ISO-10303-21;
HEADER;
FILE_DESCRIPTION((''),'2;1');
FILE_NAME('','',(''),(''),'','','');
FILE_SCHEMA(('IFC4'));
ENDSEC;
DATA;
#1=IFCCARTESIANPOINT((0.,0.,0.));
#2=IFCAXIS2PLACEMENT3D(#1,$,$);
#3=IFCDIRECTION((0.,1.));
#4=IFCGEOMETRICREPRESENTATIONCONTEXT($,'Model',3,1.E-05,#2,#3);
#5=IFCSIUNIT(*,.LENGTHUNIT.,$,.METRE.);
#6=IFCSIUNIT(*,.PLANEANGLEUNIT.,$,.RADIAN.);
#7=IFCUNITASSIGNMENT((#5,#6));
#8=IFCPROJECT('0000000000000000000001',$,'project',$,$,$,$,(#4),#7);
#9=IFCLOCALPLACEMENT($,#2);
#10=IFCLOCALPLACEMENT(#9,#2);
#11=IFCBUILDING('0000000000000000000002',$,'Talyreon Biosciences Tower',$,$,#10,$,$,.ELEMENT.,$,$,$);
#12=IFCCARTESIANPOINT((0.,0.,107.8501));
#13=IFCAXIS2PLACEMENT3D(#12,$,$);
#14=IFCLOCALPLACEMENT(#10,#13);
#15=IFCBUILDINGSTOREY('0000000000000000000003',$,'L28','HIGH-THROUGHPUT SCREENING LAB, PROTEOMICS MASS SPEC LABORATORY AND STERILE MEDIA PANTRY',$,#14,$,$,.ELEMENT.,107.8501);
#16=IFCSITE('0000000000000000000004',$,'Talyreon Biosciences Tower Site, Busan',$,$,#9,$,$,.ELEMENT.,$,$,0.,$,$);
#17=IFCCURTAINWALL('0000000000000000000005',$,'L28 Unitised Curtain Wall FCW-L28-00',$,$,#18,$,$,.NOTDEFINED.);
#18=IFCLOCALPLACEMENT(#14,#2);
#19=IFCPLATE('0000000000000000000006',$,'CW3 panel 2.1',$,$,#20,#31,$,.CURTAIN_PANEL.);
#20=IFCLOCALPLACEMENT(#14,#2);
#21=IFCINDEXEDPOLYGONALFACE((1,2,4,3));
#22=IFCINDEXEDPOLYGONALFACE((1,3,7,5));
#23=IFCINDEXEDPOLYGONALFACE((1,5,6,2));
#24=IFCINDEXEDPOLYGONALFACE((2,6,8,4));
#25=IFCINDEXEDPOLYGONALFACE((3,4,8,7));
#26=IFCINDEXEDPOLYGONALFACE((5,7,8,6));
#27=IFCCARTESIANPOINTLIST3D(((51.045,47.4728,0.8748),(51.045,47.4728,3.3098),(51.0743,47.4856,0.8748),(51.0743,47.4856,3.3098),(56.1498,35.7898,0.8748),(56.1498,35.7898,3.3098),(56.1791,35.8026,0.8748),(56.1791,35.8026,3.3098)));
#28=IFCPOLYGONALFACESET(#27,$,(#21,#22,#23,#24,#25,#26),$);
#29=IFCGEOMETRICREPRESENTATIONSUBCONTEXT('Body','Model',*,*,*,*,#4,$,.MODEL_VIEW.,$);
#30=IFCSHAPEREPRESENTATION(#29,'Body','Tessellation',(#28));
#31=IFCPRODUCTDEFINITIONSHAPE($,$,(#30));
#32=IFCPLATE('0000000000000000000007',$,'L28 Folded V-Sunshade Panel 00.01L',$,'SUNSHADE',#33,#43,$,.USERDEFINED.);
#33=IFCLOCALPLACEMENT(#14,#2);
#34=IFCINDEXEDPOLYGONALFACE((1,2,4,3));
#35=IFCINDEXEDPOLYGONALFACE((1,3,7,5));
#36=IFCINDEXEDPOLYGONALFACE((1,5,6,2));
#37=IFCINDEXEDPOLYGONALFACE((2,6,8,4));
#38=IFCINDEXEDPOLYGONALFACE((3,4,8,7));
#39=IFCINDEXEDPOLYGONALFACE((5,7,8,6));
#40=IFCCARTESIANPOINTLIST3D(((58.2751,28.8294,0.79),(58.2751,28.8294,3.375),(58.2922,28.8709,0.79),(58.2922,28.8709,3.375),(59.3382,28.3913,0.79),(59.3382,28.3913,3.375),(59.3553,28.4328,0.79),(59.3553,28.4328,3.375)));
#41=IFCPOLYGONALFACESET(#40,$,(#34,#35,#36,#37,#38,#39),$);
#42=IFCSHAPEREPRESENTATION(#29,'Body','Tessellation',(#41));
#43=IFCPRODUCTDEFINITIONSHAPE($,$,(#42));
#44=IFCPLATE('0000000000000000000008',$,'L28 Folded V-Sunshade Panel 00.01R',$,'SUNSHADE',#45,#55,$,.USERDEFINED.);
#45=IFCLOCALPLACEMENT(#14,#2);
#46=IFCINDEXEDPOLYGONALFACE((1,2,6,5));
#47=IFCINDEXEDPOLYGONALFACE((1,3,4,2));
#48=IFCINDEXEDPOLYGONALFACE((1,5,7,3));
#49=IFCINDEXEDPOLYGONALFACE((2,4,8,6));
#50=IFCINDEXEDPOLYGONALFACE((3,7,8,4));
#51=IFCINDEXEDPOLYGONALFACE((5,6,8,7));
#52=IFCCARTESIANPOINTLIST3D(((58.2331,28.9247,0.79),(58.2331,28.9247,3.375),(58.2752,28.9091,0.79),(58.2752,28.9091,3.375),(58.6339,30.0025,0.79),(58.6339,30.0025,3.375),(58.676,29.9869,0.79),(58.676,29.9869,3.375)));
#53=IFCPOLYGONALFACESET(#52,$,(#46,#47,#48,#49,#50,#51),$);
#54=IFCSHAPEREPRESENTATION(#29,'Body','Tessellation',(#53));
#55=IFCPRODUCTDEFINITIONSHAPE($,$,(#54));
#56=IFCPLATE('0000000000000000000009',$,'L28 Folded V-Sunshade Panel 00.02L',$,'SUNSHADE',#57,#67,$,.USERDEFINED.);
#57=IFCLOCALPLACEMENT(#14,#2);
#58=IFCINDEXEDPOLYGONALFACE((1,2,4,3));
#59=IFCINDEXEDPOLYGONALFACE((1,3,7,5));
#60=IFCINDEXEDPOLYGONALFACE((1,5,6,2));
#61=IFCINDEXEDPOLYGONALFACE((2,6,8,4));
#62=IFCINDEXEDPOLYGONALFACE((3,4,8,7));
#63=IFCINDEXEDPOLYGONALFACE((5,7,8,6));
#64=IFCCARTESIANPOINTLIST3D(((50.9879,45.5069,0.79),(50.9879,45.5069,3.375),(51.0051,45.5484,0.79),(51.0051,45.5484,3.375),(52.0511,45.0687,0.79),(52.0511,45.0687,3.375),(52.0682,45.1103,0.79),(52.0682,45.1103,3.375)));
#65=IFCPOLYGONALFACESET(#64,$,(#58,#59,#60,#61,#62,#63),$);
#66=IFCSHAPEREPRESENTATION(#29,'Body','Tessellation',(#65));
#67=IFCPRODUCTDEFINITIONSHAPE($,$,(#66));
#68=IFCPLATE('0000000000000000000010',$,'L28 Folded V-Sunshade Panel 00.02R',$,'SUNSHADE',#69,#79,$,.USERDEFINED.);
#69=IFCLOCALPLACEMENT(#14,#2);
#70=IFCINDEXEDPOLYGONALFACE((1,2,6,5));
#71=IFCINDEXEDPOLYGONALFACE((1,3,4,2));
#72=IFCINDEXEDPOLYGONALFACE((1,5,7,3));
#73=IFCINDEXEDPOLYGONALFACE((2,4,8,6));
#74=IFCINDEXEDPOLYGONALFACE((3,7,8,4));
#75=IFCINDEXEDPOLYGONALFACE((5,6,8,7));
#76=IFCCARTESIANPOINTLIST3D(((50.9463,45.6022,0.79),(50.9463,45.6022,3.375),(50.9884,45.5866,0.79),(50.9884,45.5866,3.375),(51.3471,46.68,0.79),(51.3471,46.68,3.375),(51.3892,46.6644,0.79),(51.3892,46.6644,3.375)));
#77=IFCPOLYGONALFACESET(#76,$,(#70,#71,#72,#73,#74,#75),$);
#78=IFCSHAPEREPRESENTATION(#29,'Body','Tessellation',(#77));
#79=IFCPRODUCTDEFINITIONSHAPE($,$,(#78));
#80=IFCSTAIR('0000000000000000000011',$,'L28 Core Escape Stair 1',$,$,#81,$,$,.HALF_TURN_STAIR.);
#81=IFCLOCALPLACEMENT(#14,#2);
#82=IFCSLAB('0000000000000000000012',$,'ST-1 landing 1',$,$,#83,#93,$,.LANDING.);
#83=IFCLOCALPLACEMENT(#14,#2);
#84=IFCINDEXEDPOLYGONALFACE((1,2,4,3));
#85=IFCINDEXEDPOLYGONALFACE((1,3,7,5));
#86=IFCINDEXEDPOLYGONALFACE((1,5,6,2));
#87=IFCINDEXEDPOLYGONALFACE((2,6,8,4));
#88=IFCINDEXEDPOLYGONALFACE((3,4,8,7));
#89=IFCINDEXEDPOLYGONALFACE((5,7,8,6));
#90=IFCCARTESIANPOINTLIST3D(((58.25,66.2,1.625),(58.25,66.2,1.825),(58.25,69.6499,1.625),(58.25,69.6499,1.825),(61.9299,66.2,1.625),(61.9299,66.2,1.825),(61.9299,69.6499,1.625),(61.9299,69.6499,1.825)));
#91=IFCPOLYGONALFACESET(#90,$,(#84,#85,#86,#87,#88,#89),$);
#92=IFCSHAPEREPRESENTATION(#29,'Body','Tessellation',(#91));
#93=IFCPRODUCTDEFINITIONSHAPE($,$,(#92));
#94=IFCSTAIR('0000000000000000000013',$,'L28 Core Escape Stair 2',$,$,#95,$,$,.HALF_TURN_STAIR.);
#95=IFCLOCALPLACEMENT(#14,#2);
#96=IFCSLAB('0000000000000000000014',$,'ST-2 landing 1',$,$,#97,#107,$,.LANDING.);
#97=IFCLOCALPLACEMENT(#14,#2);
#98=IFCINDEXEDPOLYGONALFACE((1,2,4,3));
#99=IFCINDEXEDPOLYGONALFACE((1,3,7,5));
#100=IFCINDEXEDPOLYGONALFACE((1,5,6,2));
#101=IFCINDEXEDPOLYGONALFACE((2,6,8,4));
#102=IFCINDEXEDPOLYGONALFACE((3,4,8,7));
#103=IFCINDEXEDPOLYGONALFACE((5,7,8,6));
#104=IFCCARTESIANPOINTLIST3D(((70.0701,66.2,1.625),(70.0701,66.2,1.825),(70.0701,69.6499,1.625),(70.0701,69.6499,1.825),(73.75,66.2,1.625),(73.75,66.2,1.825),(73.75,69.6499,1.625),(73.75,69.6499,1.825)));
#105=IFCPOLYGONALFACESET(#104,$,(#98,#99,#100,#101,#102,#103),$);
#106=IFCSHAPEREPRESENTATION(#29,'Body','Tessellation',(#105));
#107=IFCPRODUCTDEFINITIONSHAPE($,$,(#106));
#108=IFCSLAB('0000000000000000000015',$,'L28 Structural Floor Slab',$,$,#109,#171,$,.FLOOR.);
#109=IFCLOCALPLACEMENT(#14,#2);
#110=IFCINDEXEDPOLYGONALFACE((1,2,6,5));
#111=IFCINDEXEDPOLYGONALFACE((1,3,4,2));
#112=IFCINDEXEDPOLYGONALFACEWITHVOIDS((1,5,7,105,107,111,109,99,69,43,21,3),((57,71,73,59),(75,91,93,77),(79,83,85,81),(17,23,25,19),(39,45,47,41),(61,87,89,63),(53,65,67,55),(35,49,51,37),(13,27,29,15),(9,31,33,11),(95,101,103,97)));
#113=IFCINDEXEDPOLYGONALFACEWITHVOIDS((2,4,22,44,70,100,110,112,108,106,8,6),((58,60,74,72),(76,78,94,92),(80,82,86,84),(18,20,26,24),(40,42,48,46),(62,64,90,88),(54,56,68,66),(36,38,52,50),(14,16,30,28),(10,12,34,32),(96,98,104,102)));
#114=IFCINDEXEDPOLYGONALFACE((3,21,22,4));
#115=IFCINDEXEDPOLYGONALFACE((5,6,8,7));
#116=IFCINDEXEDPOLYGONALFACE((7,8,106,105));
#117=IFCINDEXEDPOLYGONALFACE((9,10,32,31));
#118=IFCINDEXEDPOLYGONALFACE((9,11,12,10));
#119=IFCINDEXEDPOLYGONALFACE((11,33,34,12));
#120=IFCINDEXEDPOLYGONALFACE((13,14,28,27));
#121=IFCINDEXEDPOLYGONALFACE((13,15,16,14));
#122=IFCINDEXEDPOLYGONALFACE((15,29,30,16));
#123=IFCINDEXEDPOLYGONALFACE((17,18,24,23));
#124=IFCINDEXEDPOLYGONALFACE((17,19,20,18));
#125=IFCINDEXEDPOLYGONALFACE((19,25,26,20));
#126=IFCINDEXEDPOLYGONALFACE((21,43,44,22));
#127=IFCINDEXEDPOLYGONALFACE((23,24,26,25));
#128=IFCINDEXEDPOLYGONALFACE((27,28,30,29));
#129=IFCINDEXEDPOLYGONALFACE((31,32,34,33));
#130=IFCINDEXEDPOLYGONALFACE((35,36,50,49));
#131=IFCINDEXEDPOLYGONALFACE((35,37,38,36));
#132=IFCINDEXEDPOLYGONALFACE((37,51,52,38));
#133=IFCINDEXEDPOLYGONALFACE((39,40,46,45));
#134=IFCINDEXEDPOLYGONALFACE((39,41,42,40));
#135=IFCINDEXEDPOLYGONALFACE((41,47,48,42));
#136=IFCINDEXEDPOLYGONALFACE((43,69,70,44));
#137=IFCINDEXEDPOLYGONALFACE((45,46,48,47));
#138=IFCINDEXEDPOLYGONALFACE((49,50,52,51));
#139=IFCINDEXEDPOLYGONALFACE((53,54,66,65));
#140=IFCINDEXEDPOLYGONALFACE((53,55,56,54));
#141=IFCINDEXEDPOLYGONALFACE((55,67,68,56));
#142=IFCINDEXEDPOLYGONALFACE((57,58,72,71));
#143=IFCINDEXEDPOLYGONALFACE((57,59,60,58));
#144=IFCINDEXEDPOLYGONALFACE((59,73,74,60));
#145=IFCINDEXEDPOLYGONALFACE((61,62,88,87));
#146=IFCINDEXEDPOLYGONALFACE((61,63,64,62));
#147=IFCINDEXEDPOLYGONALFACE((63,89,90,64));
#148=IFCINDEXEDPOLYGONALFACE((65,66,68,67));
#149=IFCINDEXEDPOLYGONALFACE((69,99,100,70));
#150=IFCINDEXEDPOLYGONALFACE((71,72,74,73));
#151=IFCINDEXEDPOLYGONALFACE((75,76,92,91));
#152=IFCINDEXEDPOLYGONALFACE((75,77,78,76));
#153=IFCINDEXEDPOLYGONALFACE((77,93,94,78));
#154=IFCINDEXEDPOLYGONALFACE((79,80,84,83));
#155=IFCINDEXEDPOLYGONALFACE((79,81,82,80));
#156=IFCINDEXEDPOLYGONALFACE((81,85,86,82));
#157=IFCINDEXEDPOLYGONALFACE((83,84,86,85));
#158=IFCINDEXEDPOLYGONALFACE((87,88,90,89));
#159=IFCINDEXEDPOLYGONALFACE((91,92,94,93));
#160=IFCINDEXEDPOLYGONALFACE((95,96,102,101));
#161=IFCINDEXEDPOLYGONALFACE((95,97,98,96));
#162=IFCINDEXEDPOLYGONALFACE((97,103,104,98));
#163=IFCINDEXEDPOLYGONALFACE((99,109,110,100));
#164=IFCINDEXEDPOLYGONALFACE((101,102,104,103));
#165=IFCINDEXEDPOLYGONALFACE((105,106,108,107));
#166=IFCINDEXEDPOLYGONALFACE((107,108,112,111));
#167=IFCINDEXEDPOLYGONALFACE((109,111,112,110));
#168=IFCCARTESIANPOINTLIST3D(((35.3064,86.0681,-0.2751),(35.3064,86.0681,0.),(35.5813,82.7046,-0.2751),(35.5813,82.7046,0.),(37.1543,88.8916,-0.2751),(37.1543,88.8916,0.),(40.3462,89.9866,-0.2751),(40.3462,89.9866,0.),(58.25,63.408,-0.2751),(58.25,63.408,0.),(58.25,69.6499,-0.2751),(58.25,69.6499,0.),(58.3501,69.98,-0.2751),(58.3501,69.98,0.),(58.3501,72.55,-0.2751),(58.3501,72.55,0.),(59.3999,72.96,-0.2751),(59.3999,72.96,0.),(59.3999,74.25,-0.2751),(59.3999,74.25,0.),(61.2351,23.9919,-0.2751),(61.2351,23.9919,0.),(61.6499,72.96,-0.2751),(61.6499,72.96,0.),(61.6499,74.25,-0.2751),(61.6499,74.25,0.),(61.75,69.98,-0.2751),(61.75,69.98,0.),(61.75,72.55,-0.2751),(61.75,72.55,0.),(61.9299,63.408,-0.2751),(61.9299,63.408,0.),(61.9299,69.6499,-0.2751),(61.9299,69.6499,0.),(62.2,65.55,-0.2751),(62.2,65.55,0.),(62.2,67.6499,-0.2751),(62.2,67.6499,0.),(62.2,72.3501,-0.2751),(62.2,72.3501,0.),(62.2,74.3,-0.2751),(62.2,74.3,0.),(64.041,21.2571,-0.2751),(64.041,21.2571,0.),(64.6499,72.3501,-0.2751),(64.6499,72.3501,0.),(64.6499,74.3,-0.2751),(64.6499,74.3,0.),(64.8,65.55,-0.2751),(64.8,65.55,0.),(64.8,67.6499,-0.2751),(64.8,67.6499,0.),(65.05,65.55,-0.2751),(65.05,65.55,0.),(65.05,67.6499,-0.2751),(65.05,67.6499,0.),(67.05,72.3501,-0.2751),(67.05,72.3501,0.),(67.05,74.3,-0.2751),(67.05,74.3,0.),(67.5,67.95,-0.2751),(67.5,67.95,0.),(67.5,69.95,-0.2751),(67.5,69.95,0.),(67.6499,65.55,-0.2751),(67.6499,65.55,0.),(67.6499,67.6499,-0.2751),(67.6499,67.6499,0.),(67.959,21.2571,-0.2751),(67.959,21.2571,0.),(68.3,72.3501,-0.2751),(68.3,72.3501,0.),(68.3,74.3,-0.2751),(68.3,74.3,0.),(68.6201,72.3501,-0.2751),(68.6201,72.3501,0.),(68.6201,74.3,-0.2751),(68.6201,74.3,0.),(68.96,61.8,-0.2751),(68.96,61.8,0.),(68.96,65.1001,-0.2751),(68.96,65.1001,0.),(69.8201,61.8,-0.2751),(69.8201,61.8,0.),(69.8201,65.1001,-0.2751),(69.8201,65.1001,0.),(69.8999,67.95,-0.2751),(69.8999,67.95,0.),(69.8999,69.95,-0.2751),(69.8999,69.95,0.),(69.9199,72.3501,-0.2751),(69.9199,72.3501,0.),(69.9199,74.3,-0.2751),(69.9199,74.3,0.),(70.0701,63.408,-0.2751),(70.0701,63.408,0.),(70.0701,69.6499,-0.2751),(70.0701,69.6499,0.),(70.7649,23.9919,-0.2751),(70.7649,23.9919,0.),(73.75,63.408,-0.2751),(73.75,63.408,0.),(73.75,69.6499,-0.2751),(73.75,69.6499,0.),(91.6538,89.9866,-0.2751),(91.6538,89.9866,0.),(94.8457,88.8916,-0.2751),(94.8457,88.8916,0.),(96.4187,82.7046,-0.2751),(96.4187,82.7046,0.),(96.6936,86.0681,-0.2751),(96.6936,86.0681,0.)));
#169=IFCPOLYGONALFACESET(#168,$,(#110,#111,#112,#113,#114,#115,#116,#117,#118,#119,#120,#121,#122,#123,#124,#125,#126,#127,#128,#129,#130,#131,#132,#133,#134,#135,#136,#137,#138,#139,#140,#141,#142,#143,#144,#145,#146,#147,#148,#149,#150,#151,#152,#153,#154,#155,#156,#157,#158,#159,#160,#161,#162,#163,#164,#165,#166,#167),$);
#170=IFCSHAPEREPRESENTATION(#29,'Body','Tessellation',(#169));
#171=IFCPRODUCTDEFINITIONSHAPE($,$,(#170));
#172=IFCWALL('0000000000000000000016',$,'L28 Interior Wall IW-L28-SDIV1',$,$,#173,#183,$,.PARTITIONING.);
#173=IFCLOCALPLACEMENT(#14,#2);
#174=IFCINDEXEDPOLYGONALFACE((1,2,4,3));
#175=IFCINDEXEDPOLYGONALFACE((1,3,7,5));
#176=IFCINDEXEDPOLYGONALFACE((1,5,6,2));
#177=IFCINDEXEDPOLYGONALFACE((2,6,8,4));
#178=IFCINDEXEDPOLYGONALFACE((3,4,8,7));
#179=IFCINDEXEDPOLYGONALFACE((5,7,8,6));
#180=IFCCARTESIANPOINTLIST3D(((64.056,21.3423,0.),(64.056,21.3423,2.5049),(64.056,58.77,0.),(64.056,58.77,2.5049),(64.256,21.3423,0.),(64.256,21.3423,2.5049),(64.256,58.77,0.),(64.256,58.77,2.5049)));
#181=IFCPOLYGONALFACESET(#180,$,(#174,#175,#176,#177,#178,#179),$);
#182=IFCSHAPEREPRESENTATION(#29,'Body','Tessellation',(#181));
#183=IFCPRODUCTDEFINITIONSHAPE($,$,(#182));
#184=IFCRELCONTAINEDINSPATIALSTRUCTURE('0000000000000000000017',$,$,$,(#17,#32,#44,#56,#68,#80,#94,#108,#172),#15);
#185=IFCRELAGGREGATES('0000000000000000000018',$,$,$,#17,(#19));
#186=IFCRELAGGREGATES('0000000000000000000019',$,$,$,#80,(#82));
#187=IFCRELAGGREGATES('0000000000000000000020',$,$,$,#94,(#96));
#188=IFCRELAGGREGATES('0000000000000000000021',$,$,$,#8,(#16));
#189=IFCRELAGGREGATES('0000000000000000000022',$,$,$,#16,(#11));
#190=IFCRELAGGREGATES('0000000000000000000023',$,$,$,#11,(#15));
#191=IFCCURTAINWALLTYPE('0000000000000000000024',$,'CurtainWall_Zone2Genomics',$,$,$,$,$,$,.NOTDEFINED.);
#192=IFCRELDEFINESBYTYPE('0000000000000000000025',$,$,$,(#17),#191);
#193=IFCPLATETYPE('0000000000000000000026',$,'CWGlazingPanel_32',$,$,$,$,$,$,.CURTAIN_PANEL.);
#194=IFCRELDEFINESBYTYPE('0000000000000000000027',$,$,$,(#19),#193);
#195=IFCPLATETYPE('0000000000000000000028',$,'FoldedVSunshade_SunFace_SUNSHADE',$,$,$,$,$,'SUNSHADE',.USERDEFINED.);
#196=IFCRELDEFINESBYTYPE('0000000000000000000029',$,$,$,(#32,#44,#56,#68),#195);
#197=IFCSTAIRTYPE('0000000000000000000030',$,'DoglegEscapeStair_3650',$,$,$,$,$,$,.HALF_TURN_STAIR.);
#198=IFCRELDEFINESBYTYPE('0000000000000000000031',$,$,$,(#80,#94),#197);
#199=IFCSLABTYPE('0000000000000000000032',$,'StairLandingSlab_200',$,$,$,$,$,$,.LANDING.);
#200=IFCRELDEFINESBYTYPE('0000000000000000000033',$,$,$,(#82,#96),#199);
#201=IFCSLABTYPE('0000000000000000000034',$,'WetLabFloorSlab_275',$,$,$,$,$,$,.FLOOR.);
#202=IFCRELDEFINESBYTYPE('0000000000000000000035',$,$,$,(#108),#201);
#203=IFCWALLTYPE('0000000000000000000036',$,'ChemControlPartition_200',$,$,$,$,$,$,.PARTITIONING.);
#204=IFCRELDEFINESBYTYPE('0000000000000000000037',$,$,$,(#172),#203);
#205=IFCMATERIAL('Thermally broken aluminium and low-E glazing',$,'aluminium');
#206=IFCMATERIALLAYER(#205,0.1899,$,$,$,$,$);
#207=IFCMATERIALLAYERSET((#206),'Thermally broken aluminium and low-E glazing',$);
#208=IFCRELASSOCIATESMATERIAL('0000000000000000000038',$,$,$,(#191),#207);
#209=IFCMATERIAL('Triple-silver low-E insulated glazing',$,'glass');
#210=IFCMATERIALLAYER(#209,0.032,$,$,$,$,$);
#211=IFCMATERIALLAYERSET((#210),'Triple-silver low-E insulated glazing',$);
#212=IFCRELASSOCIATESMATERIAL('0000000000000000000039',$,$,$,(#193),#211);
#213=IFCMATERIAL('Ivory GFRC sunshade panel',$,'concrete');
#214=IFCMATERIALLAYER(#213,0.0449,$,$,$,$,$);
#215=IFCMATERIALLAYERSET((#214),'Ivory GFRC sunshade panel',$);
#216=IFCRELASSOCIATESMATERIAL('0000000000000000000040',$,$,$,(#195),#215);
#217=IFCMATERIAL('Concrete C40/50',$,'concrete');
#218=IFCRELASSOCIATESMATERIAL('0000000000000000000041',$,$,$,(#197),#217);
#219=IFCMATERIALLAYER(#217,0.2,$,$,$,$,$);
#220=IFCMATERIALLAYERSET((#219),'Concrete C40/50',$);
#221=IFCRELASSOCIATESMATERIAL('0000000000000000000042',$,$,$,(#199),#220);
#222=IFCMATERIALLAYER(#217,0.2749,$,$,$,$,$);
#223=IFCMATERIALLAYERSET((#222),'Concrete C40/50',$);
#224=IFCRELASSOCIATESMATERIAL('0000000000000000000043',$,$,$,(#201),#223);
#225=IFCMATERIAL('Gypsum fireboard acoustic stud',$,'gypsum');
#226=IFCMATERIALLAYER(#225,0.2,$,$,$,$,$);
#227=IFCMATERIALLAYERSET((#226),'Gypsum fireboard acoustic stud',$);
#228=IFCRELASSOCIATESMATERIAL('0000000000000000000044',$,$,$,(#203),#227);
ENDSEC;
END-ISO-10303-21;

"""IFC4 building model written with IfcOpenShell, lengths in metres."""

from ifc_helpers import new_model, si_unit, direction, frame, frame_2d, origin, origin_2d, place, context, subcontext, project, spatial, polyline, rectangle, outline, extrude, material, layer, layer_set, type_object, element, aggregate, save


model = new_model("IFC4")

# Units and contexts
model_context = context("Model", 3, precision=1e-05, world=origin(), true_north=direction((0.0, 1.0)))
body_context = subcontext(model_context, "Body", "Model", "MODEL_VIEW")
ifc_project = project(units=[si_unit("LENGTHUNIT", "METRE"), si_unit("PLANEANGLEUNIT", "RADIAN")], contexts=[model_context])

# Site, building, storey
site_placement = place(None, origin())
site = spatial("IfcSite", under=ifc_project, at=site_placement, Name="Talyreon Biosciences Tower Site, Busan", CompositionType="ELEMENT", RefElevation=0.0)
building_placement = place(site_placement, origin())
building = spatial("IfcBuilding", under=site, at=building_placement, Name="Talyreon Biosciences Tower", CompositionType="ELEMENT")
storey_placement = place(building_placement, frame((0.0, 0.0, 107.8501)))
storey = spatial("IfcBuildingStorey", under=building, at=storey_placement, Name="L28", Description="HIGH-THROUGHPUT SCREENING LAB, PROTEOMICS MASS SPEC LABORATORY AND STERILE MEDIA PANTRY", CompositionType="ELEMENT", Elevation=107.8501)

# Curtain wall
ifc_material_1 = material(Name="Thermally broken aluminium and low-E glazing", Category="aluminium")
ifc_layer_1 = layer(ifc_material_1, 0.1899)
ifc_layer_set_1 = layer_set([ifc_layer_1], Name="Thermally broken aluminium and low-E glazing")
curtain_wall_type = type_object("IfcCurtainWallType", Name="CurtainWall_Zone2Genomics", PredefinedType="NOTDEFINED", material=ifc_layer_set_1)
curtain_wall_placement = place(storey_placement, origin())
curtain_wall = element("IfcCurtainWall", 1, at=curtain_wall_placement, inside=storey, type_object=curtain_wall_type, Name="L28 Unitised Curtain Wall FCW-L28-00", PredefinedType="NOTDEFINED")

# Plate
ifc_material_2 = material(Name="Triple-silver low-E insulated glazing", Category="glass")
ifc_layer_2 = layer(ifc_material_2, 0.032)
ifc_layer_set_2 = layer_set([ifc_layer_2], Name="Triple-silver low-E insulated glazing")
plate_type_1 = type_object("IfcPlateType", Name="CWGlazingPanel_32", PredefinedType="CURTAIN_PANEL", material=ifc_layer_set_2)
plate_1_placement = place(storey_placement, frame((53.6121, 41.6377, 0.8748), z_axis=(0.0, 0.0, 1.0), x_axis=(-0.400387, 0.916346, 0.0)))
plate_1 = element("IfcPlate", 2, at=plate_1_placement, type_object=plate_type_1, Name="CW3 panel 2.1", PredefinedType="CURTAIN_PANEL", context=body_context, shape_type="SweptSolid", body=[
    extrude(rectangle(XDim=12.7495, YDim=0.032, at=origin_2d()), origin(), (0.0, 0.0, 1.0), 2.4351),
])
aggregate(curtain_wall, [plate_1])

# Plates
ifc_material_3 = material(Name="Ivory GFRC sunshade panel", Category="concrete")
ifc_layer_3 = layer(ifc_material_3, 0.0449)
ifc_layer_set_3 = layer_set([ifc_layer_3], Name="Ivory GFRC sunshade panel")
plate_type_2 = type_object("IfcPlateType", Name="FoldedVSunshade_SunFace_SUNSHADE", ElementType="SUNSHADE", PredefinedType="USERDEFINED", material=ifc_layer_set_3)
for number, where, z_axis, x_axis, name in (
    (3, (58.8152, 28.6311, 0.79), (0.0, 0.0, 1.0), (-0.924559, 0.381038, 0.0), "L28 Folded V-Sunshade Panel 00.01L"),
    (4, (58.4546, 29.4558, 0.79), (0.0, 0.0, 1.0), (0.348539, 0.937294, 0.0), "L28 Folded V-Sunshade Panel 00.01R"),
    (5, (51.5281, 45.3086, 0.79), (0.0, 0.0, 1.0), (-0.924559, 0.381038, 0.0), "L28 Folded V-Sunshade Panel 00.02L"),
    (6, (51.1677, 46.1333, 0.79), (0.0, 0.0, 1.0), (0.348539, 0.937294, 0.0), "L28 Folded V-Sunshade Panel 00.02R"),
):
    element("IfcPlate", number, at=place(storey_placement, frame(where, z_axis=z_axis, x_axis=x_axis)), inside=storey, type_object=plate_type_2, Name=name, ObjectType="SUNSHADE", PredefinedType="USERDEFINED", context=body_context, shape_type="SweptSolid", body=[
        extrude(rectangle(XDim=1.1499, YDim=0.0449, at=origin_2d()), origin(), (0.0, 0.0, 1.0), 2.585),
    ])

# Stairs, slabs
ifc_material_4 = material(Name="Concrete C40/50", Category="concrete")
stair_type = type_object("IfcStairType", Name="DoglegEscapeStair_3650", PredefinedType="HALF_TURN_STAIR", material=ifc_material_4)
stair_1_placement = place(storey_placement, origin())
stair_1 = element("IfcStair", 7, at=stair_1_placement, inside=storey, type_object=stair_type, Name="L28 Core Escape Stair 1", PredefinedType="HALF_TURN_STAIR")
ifc_layer_4 = layer(ifc_material_4, 0.2)
ifc_layer_set_4 = layer_set([ifc_layer_4], Name="Concrete C40/50")
slab_type_1 = type_object("IfcSlabType", Name="StairLandingSlab_200", PredefinedType="LANDING", material=ifc_layer_set_4)
slab_1_placement = place(storey_placement, frame((0.0, 0.0, 1.625)))
slab_1 = element("IfcSlab", 8, at=slab_1_placement, type_object=slab_type_1, Name="ST-1 landing 1", PredefinedType="LANDING", context=body_context, shape_type="SweptSolid", body=[
    extrude(outline(polyline([(61.9299, 66.2), (61.9299, 69.6499), (58.25, 69.6499), (58.25, 66.2), (61.9299, 66.2)])), origin(), (0.0, 0.0, 1.0), 0.2),
])
aggregate(stair_1, [slab_1])
stair_2_placement = place(storey_placement, origin())
stair_2 = element("IfcStair", 9, at=stair_2_placement, inside=storey, type_object=stair_type, Name="L28 Core Escape Stair 2", PredefinedType="HALF_TURN_STAIR")
slab_2_placement = place(storey_placement, frame((0.0, 0.0, 1.625)))
slab_2 = element("IfcSlab", 10, at=slab_2_placement, type_object=slab_type_1, Name="ST-2 landing 1", PredefinedType="LANDING", context=body_context, shape_type="SweptSolid", body=[
    extrude(outline(polyline([(73.75, 66.2), (73.75, 69.6499), (70.0701, 69.6499), (70.0701, 66.2), (73.75, 66.2)])), origin(), (0.0, 0.0, 1.0), 0.2),
])
aggregate(stair_2, [slab_2])

# Slab
ifc_layer_5 = layer(ifc_material_4, 0.2749)
ifc_layer_set_5 = layer_set([ifc_layer_5], Name="Concrete C40/50")
slab_type_2 = type_object("IfcSlabType", Name="WetLabFloorSlab_275", PredefinedType="FLOOR", material=ifc_layer_set_5)
slab_3_placement = place(storey_placement, frame((0.0, 0.0, -0.2751)))
element("IfcSlab", 11, at=slab_3_placement, inside=storey, type_object=slab_type_2, Name="L28 Structural Floor Slab", PredefinedType="FLOOR", context=body_context, shape_type="SweptSolid", body=[
    extrude(outline(polyline([(61.2351, 23.9919), (35.5813, 82.7046), (35.3064, 86.0681), (37.1543, 88.8916), (40.3462, 89.9866), (91.6538, 89.9866), (94.8457, 88.8916), (96.6936, 86.0681), (96.4187, 82.7046), (70.7649, 23.9919), (67.959, 21.2571), (64.041, 21.2571), (61.2351, 23.9919)]), holes=[polyline([(61.9299, 69.6499), (61.9299, 63.408), (58.25, 63.408), (58.25, 69.6499), (61.9299, 69.6499)]), polyline([(64.8, 67.6499), (64.8, 65.55), (62.2, 65.55), (62.2, 67.6499), (64.8, 67.6499)]), polyline([(67.6499, 67.6499), (67.6499, 65.55), (65.05, 65.55), (65.05, 67.6499), (67.6499, 67.6499)]), polyline([(61.75, 69.98), (58.3501, 69.98), (58.3501, 72.55), (61.75, 72.55), (61.75, 69.98)]), polyline([(64.6499, 72.3501), (62.2, 72.3501), (62.2, 74.3), (64.6499, 74.3), (64.6499, 72.3501)]), polyline([(61.6499, 74.25), (61.6499, 72.96), (59.3999, 72.96), (59.3999, 74.25), (61.6499, 74.25)]), polyline([(69.8201, 61.8), (68.96, 61.8), (68.96, 65.1001), (69.8201, 65.1001), (69.8201, 61.8)]), polyline([(73.75, 63.408), (70.0701, 63.408), (70.0701, 69.6499), (73.75, 69.6499), (73.75, 63.408)]), polyline([(69.8999, 69.95), (69.8999, 67.95), (67.5, 67.95), (67.5, 69.95), (69.8999, 69.95)]), polyline([(68.3, 72.3501), (67.05, 72.3501), (67.05, 74.3), (68.3, 74.3), (68.3, 72.3501)]), polyline([(69.9199, 72.3501), (68.6201, 72.3501), (68.6201, 74.3), (69.9199, 74.3), (69.9199, 72.3501)])]), origin(), (0.0, 0.0, 1.0), 0.2751),
])

# Wall
ifc_material_5 = material(Name="Gypsum fireboard acoustic stud", Category="gypsum")
ifc_layer_6 = layer(ifc_material_5, 0.2)
ifc_layer_set_6 = layer_set([ifc_layer_6], Name="Gypsum fireboard acoustic stud")
wall_type_1 = type_object("IfcWallType", Name="ChemControlPartition_200", PredefinedType="PARTITIONING", material=ifc_layer_set_6)
wall_1_placement = place(storey_placement, frame((64.156, 21.3423, 0.0), z_axis=(0.0, 0.0, 1.0), x_axis=(0.0, 1.0, 0.0)))
element("IfcWall", 12, at=wall_1_placement, inside=storey, type_object=wall_type_1, Name="L28 Interior Wall IW-L28-SDIV1", PredefinedType="PARTITIONING", context=body_context, shape_type="SweptSolid", body=[
    extrude(rectangle(XDim=37.4277, YDim=0.2, at=frame_2d((18.7139, 0.0))), origin(), (0.0, 0.0, 1.0), 2.5049),
])

save(model, "model.ifc")
